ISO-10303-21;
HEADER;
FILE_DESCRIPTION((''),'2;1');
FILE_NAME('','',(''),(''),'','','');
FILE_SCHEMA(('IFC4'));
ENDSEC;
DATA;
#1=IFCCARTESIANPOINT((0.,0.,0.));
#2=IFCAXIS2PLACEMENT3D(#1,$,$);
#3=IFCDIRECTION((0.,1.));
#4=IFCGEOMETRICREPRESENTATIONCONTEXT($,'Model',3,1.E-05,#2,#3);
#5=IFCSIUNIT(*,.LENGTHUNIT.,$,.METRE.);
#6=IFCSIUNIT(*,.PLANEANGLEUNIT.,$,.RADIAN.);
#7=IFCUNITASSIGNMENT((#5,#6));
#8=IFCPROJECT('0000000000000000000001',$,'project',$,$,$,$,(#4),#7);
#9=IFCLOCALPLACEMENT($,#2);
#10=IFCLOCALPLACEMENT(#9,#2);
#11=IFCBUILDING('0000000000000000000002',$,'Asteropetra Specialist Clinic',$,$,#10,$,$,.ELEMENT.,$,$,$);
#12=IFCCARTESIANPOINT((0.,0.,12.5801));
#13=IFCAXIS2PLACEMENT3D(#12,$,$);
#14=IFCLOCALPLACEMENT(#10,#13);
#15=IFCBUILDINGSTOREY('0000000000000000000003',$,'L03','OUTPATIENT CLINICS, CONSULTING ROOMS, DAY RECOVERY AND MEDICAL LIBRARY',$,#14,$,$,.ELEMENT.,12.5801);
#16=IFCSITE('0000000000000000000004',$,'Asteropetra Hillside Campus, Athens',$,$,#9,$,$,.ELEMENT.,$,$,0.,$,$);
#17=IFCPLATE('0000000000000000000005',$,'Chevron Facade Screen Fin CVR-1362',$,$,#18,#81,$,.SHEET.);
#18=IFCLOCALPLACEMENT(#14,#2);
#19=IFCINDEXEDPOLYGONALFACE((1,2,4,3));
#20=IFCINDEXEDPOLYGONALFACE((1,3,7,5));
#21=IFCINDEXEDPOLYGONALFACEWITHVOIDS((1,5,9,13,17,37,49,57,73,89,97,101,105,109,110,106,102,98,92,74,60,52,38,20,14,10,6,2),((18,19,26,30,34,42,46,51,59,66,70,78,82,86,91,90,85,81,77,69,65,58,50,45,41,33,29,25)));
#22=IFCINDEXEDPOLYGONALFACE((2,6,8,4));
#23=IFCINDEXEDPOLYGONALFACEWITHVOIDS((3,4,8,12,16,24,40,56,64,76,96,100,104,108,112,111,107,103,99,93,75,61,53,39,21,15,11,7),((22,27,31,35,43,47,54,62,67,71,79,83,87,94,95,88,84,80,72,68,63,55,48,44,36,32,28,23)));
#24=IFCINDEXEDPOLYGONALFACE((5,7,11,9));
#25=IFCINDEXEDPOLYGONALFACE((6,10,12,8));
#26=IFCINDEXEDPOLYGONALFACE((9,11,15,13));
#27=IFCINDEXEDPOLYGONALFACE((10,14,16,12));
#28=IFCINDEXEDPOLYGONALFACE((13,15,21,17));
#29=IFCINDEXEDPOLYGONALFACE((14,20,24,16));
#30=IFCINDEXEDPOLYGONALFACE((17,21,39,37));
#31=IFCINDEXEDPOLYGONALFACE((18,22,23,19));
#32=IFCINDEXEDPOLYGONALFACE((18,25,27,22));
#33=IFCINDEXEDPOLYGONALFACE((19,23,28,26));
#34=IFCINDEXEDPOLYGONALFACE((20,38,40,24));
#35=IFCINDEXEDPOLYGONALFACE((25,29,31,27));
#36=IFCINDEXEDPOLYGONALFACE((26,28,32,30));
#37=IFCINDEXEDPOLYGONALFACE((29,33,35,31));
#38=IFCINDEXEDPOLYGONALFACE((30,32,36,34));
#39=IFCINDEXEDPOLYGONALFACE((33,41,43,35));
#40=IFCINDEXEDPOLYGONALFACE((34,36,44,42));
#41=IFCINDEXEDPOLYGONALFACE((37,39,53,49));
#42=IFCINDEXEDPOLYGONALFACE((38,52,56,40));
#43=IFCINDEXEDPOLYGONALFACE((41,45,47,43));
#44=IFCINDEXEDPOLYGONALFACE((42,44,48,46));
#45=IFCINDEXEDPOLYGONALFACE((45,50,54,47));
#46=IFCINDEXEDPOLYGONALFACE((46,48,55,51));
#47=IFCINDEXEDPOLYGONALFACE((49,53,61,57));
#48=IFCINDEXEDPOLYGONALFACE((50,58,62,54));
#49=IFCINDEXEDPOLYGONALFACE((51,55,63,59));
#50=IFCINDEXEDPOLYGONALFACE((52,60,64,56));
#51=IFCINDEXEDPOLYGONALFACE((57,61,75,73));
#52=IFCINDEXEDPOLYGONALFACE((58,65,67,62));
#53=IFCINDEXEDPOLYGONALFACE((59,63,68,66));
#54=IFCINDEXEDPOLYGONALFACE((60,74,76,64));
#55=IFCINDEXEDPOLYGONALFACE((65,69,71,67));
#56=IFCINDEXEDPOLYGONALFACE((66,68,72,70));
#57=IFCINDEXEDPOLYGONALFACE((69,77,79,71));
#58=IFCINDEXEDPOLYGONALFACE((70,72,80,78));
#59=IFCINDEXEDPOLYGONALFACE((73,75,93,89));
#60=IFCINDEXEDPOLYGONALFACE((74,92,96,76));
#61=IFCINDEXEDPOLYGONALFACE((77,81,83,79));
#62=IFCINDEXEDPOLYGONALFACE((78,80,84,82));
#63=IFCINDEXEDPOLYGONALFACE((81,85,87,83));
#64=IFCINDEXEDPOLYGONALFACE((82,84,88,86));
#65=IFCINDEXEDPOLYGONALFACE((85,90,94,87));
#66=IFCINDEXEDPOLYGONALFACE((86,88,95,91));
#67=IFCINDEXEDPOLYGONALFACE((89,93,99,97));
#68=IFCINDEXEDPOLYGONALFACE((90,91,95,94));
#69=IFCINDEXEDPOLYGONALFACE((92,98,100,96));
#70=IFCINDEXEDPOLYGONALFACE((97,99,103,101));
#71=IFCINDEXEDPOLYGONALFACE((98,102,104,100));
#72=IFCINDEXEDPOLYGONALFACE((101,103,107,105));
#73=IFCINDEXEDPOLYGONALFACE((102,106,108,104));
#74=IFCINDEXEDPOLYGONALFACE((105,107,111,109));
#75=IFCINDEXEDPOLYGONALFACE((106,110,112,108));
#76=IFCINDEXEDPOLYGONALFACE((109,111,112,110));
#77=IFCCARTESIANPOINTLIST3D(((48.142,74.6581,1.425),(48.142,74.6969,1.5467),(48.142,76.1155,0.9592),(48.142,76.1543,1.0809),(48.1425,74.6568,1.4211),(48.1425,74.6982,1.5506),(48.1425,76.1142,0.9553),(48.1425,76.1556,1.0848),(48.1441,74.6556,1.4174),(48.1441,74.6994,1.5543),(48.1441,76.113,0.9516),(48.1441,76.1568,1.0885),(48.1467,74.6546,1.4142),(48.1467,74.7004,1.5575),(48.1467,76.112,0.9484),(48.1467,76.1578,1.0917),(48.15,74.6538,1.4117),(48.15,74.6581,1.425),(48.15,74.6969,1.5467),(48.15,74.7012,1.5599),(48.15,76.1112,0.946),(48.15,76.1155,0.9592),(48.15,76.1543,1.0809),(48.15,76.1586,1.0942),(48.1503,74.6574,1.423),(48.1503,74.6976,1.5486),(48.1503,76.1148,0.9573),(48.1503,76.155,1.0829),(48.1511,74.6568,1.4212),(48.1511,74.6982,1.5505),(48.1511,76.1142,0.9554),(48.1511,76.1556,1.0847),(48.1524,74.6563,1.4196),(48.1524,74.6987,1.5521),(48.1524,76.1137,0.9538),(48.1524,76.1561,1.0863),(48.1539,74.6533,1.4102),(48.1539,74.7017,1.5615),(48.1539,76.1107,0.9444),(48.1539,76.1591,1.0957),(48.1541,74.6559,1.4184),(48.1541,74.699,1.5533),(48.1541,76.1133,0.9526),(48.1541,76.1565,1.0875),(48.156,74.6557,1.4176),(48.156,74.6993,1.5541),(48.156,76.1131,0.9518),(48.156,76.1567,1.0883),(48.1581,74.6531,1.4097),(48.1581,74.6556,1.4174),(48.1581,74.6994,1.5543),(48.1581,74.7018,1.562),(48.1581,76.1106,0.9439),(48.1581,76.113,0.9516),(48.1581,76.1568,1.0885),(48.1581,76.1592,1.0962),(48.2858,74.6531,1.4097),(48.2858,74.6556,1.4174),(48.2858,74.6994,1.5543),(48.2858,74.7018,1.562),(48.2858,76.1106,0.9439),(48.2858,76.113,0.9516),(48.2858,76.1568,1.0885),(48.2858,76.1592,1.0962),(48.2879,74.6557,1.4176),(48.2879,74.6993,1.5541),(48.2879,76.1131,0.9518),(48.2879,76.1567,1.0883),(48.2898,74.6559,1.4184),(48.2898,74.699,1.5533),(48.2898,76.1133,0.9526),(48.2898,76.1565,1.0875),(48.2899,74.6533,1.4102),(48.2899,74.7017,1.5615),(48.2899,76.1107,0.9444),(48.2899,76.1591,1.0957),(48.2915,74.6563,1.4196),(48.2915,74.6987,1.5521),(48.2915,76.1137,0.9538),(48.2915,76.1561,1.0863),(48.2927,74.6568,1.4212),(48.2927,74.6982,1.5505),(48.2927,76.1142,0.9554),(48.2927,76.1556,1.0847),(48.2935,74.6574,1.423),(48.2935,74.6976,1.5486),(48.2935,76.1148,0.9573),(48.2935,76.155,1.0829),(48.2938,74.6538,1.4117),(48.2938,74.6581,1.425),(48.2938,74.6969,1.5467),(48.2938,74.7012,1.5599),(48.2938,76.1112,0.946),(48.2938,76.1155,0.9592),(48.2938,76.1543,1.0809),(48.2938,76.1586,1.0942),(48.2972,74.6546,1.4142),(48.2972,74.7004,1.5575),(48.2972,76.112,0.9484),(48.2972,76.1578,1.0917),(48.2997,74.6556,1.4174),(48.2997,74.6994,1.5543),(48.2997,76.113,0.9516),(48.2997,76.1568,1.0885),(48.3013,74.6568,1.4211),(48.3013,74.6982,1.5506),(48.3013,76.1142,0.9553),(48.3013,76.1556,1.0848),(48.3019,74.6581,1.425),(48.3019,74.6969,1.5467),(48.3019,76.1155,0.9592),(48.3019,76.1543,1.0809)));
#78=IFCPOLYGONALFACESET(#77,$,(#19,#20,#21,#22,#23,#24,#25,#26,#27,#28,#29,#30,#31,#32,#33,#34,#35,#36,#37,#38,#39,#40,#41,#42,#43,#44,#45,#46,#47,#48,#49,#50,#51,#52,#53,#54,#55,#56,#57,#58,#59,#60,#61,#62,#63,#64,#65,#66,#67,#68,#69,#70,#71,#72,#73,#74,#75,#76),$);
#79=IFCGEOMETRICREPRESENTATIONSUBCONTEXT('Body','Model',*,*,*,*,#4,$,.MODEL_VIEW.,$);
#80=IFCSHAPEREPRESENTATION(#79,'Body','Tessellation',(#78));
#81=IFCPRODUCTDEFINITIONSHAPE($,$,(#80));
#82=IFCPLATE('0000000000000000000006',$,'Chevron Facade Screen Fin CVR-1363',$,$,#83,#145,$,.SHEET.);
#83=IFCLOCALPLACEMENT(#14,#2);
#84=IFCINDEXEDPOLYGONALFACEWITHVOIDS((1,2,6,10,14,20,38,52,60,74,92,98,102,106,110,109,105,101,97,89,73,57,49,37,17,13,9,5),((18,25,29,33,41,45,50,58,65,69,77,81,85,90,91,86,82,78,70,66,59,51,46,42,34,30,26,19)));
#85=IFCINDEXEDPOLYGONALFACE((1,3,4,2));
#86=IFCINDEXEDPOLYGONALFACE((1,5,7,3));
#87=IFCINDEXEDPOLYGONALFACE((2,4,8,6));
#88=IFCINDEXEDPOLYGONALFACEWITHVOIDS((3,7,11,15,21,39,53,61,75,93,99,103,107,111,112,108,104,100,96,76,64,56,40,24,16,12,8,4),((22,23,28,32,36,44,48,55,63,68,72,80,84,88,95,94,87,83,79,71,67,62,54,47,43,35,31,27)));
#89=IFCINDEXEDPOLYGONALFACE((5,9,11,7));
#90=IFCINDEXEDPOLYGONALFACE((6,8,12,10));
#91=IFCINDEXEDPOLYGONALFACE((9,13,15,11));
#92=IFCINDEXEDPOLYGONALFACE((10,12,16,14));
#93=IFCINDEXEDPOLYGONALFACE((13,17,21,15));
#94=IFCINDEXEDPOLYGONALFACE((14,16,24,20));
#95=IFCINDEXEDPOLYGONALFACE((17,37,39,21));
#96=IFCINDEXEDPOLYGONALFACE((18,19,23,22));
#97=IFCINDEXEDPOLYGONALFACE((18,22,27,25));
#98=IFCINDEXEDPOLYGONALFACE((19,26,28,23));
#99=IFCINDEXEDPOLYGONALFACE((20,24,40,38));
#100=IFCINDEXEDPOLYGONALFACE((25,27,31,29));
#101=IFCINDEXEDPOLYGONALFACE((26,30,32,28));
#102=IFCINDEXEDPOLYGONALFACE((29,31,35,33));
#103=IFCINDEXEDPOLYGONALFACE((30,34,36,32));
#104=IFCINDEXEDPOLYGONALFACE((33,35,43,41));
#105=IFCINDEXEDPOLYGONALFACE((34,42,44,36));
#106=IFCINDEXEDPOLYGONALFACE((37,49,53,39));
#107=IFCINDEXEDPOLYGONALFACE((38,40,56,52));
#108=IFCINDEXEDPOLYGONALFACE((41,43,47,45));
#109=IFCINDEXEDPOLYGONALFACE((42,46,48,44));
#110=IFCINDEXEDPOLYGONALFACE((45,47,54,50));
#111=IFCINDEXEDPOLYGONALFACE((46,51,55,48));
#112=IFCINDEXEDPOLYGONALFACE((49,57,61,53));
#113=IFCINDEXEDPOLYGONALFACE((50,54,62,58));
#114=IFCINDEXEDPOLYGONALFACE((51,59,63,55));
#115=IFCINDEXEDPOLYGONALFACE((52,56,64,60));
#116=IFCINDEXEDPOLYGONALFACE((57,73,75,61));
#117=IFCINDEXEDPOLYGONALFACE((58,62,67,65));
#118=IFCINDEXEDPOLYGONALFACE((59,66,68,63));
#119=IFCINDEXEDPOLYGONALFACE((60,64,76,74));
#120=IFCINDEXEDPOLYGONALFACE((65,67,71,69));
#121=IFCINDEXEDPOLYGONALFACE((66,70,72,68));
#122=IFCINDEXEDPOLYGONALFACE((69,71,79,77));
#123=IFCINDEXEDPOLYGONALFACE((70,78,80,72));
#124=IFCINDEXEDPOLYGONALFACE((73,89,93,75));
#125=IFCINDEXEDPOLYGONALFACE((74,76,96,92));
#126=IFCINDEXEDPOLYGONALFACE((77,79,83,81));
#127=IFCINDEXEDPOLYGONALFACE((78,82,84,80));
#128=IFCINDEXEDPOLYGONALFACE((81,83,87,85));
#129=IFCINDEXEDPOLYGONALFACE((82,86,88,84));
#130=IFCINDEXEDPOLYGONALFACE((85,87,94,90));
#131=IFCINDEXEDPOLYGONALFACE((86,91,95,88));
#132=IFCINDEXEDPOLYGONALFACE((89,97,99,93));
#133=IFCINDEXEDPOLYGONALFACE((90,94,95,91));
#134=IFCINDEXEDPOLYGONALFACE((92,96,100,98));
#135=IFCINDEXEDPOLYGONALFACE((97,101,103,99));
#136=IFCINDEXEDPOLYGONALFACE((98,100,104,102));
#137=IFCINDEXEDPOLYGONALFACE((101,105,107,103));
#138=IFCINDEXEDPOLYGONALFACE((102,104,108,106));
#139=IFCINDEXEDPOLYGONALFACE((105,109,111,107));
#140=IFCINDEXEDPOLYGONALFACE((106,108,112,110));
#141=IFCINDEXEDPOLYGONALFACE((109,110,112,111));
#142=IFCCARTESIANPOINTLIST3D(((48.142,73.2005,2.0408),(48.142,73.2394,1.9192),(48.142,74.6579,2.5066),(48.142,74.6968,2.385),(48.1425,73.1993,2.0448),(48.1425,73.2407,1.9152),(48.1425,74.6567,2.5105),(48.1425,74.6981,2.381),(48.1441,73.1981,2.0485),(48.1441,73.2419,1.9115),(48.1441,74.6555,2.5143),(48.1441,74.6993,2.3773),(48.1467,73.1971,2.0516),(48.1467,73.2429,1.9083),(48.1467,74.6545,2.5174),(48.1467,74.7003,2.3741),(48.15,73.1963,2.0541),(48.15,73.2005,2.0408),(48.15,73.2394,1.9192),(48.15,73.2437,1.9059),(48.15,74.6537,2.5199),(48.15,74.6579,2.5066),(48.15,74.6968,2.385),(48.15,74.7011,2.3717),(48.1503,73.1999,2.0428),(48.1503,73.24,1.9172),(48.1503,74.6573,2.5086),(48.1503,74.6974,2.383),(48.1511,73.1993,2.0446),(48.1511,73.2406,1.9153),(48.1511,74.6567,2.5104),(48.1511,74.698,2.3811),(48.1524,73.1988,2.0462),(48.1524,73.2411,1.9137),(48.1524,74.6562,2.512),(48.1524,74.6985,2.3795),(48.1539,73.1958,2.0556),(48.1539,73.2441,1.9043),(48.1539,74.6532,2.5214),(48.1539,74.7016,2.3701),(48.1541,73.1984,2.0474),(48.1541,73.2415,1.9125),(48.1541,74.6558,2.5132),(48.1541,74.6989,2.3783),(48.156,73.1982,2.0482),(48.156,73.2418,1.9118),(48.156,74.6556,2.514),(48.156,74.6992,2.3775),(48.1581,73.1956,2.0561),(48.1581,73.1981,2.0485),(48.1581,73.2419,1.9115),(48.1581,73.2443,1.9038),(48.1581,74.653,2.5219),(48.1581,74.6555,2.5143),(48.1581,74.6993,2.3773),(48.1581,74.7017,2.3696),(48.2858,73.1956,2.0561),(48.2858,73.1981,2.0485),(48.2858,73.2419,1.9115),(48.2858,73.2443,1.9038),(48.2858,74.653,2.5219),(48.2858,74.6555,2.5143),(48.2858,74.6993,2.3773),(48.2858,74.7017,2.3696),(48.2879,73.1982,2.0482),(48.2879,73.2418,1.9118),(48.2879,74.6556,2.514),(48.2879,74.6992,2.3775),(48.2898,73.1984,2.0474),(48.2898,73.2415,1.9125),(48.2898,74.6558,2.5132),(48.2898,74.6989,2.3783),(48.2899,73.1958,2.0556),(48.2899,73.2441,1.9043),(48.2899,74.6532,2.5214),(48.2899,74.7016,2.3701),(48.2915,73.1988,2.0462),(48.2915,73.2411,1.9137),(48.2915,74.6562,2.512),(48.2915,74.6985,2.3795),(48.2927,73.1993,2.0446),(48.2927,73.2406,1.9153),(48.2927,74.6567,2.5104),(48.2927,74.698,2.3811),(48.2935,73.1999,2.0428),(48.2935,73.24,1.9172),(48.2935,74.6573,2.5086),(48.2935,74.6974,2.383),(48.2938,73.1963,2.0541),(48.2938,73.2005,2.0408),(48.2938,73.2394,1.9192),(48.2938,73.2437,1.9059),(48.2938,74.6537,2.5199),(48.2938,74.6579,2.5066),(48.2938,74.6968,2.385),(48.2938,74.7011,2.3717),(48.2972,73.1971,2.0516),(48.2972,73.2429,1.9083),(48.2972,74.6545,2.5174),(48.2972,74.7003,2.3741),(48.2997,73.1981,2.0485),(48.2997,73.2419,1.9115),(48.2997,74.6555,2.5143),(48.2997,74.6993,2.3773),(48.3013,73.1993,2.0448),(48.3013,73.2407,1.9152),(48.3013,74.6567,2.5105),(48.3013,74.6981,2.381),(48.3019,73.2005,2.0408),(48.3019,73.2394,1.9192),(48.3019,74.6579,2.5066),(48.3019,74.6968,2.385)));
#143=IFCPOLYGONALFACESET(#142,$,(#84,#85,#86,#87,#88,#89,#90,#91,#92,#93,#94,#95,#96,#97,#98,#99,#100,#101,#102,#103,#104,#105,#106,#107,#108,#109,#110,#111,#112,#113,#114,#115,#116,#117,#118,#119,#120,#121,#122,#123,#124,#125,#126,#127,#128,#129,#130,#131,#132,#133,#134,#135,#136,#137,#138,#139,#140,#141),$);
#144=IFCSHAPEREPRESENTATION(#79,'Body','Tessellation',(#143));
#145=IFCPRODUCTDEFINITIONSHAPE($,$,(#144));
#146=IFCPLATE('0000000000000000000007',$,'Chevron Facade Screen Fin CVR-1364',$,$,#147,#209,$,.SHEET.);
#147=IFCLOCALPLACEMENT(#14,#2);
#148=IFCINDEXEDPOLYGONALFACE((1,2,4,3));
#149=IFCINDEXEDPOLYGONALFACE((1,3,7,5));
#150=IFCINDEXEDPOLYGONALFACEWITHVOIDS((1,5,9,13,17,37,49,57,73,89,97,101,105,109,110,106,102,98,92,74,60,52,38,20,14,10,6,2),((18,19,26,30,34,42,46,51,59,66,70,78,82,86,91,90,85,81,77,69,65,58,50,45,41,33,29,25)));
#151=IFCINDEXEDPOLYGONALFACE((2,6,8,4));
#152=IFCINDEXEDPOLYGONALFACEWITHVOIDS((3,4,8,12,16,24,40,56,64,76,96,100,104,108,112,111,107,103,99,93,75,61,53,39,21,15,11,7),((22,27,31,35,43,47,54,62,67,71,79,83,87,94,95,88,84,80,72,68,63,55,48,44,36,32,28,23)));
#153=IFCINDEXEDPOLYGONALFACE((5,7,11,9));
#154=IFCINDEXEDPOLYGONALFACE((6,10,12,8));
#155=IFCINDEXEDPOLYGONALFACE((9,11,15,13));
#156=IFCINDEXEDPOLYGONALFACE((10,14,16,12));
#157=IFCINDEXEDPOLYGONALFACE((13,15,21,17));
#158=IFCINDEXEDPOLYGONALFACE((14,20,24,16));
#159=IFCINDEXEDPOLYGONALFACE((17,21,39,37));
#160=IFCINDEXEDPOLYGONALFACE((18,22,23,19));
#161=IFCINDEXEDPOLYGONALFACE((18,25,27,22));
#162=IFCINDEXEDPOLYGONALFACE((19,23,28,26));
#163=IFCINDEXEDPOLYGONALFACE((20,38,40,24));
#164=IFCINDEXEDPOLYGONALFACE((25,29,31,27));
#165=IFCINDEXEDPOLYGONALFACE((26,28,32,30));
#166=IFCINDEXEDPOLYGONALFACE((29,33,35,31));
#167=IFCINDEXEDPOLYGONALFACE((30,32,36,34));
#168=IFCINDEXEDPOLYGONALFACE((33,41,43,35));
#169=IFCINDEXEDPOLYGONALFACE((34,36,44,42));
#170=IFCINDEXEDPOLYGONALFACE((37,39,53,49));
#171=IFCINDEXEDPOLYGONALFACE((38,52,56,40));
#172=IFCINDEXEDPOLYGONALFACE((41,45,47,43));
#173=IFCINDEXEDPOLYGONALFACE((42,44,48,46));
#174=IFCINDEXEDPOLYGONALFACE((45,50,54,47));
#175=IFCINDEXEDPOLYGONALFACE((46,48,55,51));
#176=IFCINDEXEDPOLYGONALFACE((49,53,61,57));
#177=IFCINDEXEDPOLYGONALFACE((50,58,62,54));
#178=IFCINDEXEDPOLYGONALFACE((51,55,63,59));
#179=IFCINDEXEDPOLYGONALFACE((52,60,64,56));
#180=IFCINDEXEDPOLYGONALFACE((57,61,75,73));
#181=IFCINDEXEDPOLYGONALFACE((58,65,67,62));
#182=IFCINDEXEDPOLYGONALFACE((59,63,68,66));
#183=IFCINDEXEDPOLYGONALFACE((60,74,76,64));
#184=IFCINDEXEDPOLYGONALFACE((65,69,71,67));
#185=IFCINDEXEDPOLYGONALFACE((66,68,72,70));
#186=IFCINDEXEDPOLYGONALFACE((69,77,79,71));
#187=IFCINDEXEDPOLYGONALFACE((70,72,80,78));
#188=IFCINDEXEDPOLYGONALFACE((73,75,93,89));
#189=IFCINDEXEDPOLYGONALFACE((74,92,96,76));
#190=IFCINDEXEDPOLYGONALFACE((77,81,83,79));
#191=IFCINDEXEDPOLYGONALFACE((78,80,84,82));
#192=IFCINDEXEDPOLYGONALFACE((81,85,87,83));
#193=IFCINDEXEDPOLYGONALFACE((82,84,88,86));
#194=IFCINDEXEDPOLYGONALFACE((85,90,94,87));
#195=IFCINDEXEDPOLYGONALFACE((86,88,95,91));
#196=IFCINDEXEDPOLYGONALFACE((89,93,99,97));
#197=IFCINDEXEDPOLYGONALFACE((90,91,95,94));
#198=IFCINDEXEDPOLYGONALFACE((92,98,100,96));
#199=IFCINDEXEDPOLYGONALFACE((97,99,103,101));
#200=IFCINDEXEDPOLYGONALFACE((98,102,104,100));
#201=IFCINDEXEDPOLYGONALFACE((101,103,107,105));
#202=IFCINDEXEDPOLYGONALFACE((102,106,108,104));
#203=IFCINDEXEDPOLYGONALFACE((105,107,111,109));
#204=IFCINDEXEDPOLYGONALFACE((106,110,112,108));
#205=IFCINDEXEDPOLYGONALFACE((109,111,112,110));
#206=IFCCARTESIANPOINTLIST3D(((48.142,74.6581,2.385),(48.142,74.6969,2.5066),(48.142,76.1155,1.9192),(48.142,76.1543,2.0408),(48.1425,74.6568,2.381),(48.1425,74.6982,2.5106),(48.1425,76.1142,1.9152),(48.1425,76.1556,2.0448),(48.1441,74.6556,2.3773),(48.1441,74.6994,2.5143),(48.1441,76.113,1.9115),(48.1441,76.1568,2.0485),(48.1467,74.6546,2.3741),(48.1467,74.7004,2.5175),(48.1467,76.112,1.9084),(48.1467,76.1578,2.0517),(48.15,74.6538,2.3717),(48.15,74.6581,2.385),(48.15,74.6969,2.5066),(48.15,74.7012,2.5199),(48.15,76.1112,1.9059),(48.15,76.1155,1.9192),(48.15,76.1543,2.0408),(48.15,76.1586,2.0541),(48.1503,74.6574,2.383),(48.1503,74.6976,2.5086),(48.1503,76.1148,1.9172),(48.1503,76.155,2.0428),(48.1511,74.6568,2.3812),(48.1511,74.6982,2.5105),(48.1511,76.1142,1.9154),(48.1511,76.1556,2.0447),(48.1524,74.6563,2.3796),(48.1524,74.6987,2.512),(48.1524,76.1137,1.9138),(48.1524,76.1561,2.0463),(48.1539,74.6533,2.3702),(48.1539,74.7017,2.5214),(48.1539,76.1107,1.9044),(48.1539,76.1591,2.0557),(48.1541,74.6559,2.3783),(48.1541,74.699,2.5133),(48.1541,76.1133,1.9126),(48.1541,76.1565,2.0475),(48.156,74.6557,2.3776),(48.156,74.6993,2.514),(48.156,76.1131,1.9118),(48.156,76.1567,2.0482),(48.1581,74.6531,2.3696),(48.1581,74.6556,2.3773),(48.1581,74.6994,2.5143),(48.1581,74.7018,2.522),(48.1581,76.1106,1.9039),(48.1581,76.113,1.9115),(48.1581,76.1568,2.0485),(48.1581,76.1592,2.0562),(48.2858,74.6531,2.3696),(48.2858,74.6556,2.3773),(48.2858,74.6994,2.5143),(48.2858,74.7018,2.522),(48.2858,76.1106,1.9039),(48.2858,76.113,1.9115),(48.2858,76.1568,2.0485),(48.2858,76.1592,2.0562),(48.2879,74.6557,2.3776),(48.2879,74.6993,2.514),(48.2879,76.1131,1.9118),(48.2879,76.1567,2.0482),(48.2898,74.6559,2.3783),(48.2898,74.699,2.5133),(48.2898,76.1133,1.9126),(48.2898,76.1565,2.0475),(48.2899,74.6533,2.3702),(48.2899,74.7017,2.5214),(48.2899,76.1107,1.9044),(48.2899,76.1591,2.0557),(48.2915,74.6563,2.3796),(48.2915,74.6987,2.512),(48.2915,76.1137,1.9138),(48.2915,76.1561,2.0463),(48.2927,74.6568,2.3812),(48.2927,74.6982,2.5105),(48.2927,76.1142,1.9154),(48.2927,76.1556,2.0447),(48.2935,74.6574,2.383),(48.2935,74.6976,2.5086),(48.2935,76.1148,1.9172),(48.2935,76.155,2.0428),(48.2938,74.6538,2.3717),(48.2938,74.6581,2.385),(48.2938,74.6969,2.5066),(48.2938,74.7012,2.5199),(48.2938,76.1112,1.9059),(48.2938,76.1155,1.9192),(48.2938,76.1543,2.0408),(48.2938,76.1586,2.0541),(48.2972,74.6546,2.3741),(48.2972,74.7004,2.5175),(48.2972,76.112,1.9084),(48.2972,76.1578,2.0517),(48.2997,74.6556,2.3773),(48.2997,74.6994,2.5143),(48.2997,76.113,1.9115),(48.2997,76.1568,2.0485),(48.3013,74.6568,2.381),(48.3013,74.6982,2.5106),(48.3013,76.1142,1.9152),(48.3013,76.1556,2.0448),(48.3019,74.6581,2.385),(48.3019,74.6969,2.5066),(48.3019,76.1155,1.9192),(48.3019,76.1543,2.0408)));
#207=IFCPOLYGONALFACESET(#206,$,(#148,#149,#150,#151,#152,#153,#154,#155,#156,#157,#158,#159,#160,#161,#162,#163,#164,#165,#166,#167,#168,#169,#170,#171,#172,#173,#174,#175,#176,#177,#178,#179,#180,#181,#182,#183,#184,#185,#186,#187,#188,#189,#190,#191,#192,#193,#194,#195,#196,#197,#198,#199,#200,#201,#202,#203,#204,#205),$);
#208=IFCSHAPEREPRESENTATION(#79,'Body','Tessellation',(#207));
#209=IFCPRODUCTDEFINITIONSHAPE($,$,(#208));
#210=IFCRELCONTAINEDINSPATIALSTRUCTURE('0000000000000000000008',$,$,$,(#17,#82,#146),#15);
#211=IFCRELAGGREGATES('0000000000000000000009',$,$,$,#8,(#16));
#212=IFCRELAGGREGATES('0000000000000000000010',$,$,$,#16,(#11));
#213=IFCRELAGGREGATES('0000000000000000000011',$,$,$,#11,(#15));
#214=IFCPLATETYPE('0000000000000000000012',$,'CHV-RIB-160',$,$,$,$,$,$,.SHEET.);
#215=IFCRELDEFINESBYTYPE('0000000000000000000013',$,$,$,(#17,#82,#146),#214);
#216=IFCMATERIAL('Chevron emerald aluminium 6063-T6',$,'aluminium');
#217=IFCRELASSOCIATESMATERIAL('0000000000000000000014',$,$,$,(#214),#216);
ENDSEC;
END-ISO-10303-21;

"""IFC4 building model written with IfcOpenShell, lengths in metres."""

from ifc_helpers import new_model, si_unit, direction, frame, origin, origin_2d, place, context, subcontext, project, spatial, hollow_rectangle, extrude, material, material_profile, profile_set, type_object, element, save


model = new_model("IFC4")

# Units and contexts
model_context = context("Model", 3, precision=1e-05, world=origin(), true_north=direction((0.0, 1.0)))
body_context = subcontext(model_context, "Body", "Model", "MODEL_VIEW")
ifc_project = project(units=[si_unit("LENGTHUNIT", "METRE"), si_unit("PLANEANGLEUNIT", "RADIAN")], contexts=[model_context])

# Site, building, storey
site_placement = place(None, origin())
site = spatial("IfcSite", under=ifc_project, at=site_placement, Name="Asteropetra Hillside Campus, Athens", CompositionType="ELEMENT", RefElevation=0.0)
building_placement = place(site_placement, origin())
building = spatial("IfcBuilding", under=site, at=building_placement, Name="Asteropetra Specialist Clinic", CompositionType="ELEMENT")
storey_placement = place(building_placement, frame((0.0, 0.0, 12.5801)))
storey = spatial("IfcBuildingStorey", under=building, at=storey_placement, Name="L03", Description="OUTPATIENT CLINICS, CONSULTING ROOMS, DAY RECOVERY AND MEDICAL LIBRARY", CompositionType="ELEMENT", Elevation=12.5801)

# Plates
ifc_material_1 = material(Name="Chevron emerald aluminium 6063-T6", Category="aluminium")
ifc_material_profile = material_profile(ifc_material_1, hollow_rectangle(XDim=0.1599, YDim=0.1599, WallThickness=0.0081, InnerFilletRadius=0.0081, OuterFilletRadius=0.0161, at=origin_2d()), Name="SHS 160x160x8.0")
ifc_profile_set = profile_set([ifc_material_profile], Name="Chevron emerald aluminium 6063-T6")
plate_type_1 = type_object("IfcPlateType", Name="CHV-RIB-160", PredefinedType="SHEET", material=ifc_profile_set)
for number, where, z_axis, x_axis, name in (
    (1, (48.2219, 74.6775, 1.4858), (0.0, 0.952535, -0.304428), (-1.0, 0.0, 0.0), "Chevron Facade Screen Fin CVR-1362"),
    (2, (48.2219, 73.22, 1.98), (0.0, 0.952535, 0.304428), (-1.0, 0.0, 0.0), "Chevron Facade Screen Fin CVR-1363"),
    (3, (48.2219, 74.6775, 2.4458), (0.0, 0.952535, -0.304428), (-1.0, 0.0, 0.0), "Chevron Facade Screen Fin CVR-1364"),
):
    element("IfcPlate", number, at=place(storey_placement, frame(where, z_axis=z_axis, x_axis=x_axis)), inside=storey, type_object=plate_type_1, Name=name, PredefinedType="SHEET", context=body_context, shape_type="SweptSolid", body=[
        extrude(hollow_rectangle(XDim=0.1599, YDim=0.1599, WallThickness=0.0081, InnerFilletRadius=0.0081, OuterFilletRadius=0.0161, at=origin_2d()), origin(), (0.0, 0.0, 1.0), 1.53),
    ])

save(model, "model.ifc")
